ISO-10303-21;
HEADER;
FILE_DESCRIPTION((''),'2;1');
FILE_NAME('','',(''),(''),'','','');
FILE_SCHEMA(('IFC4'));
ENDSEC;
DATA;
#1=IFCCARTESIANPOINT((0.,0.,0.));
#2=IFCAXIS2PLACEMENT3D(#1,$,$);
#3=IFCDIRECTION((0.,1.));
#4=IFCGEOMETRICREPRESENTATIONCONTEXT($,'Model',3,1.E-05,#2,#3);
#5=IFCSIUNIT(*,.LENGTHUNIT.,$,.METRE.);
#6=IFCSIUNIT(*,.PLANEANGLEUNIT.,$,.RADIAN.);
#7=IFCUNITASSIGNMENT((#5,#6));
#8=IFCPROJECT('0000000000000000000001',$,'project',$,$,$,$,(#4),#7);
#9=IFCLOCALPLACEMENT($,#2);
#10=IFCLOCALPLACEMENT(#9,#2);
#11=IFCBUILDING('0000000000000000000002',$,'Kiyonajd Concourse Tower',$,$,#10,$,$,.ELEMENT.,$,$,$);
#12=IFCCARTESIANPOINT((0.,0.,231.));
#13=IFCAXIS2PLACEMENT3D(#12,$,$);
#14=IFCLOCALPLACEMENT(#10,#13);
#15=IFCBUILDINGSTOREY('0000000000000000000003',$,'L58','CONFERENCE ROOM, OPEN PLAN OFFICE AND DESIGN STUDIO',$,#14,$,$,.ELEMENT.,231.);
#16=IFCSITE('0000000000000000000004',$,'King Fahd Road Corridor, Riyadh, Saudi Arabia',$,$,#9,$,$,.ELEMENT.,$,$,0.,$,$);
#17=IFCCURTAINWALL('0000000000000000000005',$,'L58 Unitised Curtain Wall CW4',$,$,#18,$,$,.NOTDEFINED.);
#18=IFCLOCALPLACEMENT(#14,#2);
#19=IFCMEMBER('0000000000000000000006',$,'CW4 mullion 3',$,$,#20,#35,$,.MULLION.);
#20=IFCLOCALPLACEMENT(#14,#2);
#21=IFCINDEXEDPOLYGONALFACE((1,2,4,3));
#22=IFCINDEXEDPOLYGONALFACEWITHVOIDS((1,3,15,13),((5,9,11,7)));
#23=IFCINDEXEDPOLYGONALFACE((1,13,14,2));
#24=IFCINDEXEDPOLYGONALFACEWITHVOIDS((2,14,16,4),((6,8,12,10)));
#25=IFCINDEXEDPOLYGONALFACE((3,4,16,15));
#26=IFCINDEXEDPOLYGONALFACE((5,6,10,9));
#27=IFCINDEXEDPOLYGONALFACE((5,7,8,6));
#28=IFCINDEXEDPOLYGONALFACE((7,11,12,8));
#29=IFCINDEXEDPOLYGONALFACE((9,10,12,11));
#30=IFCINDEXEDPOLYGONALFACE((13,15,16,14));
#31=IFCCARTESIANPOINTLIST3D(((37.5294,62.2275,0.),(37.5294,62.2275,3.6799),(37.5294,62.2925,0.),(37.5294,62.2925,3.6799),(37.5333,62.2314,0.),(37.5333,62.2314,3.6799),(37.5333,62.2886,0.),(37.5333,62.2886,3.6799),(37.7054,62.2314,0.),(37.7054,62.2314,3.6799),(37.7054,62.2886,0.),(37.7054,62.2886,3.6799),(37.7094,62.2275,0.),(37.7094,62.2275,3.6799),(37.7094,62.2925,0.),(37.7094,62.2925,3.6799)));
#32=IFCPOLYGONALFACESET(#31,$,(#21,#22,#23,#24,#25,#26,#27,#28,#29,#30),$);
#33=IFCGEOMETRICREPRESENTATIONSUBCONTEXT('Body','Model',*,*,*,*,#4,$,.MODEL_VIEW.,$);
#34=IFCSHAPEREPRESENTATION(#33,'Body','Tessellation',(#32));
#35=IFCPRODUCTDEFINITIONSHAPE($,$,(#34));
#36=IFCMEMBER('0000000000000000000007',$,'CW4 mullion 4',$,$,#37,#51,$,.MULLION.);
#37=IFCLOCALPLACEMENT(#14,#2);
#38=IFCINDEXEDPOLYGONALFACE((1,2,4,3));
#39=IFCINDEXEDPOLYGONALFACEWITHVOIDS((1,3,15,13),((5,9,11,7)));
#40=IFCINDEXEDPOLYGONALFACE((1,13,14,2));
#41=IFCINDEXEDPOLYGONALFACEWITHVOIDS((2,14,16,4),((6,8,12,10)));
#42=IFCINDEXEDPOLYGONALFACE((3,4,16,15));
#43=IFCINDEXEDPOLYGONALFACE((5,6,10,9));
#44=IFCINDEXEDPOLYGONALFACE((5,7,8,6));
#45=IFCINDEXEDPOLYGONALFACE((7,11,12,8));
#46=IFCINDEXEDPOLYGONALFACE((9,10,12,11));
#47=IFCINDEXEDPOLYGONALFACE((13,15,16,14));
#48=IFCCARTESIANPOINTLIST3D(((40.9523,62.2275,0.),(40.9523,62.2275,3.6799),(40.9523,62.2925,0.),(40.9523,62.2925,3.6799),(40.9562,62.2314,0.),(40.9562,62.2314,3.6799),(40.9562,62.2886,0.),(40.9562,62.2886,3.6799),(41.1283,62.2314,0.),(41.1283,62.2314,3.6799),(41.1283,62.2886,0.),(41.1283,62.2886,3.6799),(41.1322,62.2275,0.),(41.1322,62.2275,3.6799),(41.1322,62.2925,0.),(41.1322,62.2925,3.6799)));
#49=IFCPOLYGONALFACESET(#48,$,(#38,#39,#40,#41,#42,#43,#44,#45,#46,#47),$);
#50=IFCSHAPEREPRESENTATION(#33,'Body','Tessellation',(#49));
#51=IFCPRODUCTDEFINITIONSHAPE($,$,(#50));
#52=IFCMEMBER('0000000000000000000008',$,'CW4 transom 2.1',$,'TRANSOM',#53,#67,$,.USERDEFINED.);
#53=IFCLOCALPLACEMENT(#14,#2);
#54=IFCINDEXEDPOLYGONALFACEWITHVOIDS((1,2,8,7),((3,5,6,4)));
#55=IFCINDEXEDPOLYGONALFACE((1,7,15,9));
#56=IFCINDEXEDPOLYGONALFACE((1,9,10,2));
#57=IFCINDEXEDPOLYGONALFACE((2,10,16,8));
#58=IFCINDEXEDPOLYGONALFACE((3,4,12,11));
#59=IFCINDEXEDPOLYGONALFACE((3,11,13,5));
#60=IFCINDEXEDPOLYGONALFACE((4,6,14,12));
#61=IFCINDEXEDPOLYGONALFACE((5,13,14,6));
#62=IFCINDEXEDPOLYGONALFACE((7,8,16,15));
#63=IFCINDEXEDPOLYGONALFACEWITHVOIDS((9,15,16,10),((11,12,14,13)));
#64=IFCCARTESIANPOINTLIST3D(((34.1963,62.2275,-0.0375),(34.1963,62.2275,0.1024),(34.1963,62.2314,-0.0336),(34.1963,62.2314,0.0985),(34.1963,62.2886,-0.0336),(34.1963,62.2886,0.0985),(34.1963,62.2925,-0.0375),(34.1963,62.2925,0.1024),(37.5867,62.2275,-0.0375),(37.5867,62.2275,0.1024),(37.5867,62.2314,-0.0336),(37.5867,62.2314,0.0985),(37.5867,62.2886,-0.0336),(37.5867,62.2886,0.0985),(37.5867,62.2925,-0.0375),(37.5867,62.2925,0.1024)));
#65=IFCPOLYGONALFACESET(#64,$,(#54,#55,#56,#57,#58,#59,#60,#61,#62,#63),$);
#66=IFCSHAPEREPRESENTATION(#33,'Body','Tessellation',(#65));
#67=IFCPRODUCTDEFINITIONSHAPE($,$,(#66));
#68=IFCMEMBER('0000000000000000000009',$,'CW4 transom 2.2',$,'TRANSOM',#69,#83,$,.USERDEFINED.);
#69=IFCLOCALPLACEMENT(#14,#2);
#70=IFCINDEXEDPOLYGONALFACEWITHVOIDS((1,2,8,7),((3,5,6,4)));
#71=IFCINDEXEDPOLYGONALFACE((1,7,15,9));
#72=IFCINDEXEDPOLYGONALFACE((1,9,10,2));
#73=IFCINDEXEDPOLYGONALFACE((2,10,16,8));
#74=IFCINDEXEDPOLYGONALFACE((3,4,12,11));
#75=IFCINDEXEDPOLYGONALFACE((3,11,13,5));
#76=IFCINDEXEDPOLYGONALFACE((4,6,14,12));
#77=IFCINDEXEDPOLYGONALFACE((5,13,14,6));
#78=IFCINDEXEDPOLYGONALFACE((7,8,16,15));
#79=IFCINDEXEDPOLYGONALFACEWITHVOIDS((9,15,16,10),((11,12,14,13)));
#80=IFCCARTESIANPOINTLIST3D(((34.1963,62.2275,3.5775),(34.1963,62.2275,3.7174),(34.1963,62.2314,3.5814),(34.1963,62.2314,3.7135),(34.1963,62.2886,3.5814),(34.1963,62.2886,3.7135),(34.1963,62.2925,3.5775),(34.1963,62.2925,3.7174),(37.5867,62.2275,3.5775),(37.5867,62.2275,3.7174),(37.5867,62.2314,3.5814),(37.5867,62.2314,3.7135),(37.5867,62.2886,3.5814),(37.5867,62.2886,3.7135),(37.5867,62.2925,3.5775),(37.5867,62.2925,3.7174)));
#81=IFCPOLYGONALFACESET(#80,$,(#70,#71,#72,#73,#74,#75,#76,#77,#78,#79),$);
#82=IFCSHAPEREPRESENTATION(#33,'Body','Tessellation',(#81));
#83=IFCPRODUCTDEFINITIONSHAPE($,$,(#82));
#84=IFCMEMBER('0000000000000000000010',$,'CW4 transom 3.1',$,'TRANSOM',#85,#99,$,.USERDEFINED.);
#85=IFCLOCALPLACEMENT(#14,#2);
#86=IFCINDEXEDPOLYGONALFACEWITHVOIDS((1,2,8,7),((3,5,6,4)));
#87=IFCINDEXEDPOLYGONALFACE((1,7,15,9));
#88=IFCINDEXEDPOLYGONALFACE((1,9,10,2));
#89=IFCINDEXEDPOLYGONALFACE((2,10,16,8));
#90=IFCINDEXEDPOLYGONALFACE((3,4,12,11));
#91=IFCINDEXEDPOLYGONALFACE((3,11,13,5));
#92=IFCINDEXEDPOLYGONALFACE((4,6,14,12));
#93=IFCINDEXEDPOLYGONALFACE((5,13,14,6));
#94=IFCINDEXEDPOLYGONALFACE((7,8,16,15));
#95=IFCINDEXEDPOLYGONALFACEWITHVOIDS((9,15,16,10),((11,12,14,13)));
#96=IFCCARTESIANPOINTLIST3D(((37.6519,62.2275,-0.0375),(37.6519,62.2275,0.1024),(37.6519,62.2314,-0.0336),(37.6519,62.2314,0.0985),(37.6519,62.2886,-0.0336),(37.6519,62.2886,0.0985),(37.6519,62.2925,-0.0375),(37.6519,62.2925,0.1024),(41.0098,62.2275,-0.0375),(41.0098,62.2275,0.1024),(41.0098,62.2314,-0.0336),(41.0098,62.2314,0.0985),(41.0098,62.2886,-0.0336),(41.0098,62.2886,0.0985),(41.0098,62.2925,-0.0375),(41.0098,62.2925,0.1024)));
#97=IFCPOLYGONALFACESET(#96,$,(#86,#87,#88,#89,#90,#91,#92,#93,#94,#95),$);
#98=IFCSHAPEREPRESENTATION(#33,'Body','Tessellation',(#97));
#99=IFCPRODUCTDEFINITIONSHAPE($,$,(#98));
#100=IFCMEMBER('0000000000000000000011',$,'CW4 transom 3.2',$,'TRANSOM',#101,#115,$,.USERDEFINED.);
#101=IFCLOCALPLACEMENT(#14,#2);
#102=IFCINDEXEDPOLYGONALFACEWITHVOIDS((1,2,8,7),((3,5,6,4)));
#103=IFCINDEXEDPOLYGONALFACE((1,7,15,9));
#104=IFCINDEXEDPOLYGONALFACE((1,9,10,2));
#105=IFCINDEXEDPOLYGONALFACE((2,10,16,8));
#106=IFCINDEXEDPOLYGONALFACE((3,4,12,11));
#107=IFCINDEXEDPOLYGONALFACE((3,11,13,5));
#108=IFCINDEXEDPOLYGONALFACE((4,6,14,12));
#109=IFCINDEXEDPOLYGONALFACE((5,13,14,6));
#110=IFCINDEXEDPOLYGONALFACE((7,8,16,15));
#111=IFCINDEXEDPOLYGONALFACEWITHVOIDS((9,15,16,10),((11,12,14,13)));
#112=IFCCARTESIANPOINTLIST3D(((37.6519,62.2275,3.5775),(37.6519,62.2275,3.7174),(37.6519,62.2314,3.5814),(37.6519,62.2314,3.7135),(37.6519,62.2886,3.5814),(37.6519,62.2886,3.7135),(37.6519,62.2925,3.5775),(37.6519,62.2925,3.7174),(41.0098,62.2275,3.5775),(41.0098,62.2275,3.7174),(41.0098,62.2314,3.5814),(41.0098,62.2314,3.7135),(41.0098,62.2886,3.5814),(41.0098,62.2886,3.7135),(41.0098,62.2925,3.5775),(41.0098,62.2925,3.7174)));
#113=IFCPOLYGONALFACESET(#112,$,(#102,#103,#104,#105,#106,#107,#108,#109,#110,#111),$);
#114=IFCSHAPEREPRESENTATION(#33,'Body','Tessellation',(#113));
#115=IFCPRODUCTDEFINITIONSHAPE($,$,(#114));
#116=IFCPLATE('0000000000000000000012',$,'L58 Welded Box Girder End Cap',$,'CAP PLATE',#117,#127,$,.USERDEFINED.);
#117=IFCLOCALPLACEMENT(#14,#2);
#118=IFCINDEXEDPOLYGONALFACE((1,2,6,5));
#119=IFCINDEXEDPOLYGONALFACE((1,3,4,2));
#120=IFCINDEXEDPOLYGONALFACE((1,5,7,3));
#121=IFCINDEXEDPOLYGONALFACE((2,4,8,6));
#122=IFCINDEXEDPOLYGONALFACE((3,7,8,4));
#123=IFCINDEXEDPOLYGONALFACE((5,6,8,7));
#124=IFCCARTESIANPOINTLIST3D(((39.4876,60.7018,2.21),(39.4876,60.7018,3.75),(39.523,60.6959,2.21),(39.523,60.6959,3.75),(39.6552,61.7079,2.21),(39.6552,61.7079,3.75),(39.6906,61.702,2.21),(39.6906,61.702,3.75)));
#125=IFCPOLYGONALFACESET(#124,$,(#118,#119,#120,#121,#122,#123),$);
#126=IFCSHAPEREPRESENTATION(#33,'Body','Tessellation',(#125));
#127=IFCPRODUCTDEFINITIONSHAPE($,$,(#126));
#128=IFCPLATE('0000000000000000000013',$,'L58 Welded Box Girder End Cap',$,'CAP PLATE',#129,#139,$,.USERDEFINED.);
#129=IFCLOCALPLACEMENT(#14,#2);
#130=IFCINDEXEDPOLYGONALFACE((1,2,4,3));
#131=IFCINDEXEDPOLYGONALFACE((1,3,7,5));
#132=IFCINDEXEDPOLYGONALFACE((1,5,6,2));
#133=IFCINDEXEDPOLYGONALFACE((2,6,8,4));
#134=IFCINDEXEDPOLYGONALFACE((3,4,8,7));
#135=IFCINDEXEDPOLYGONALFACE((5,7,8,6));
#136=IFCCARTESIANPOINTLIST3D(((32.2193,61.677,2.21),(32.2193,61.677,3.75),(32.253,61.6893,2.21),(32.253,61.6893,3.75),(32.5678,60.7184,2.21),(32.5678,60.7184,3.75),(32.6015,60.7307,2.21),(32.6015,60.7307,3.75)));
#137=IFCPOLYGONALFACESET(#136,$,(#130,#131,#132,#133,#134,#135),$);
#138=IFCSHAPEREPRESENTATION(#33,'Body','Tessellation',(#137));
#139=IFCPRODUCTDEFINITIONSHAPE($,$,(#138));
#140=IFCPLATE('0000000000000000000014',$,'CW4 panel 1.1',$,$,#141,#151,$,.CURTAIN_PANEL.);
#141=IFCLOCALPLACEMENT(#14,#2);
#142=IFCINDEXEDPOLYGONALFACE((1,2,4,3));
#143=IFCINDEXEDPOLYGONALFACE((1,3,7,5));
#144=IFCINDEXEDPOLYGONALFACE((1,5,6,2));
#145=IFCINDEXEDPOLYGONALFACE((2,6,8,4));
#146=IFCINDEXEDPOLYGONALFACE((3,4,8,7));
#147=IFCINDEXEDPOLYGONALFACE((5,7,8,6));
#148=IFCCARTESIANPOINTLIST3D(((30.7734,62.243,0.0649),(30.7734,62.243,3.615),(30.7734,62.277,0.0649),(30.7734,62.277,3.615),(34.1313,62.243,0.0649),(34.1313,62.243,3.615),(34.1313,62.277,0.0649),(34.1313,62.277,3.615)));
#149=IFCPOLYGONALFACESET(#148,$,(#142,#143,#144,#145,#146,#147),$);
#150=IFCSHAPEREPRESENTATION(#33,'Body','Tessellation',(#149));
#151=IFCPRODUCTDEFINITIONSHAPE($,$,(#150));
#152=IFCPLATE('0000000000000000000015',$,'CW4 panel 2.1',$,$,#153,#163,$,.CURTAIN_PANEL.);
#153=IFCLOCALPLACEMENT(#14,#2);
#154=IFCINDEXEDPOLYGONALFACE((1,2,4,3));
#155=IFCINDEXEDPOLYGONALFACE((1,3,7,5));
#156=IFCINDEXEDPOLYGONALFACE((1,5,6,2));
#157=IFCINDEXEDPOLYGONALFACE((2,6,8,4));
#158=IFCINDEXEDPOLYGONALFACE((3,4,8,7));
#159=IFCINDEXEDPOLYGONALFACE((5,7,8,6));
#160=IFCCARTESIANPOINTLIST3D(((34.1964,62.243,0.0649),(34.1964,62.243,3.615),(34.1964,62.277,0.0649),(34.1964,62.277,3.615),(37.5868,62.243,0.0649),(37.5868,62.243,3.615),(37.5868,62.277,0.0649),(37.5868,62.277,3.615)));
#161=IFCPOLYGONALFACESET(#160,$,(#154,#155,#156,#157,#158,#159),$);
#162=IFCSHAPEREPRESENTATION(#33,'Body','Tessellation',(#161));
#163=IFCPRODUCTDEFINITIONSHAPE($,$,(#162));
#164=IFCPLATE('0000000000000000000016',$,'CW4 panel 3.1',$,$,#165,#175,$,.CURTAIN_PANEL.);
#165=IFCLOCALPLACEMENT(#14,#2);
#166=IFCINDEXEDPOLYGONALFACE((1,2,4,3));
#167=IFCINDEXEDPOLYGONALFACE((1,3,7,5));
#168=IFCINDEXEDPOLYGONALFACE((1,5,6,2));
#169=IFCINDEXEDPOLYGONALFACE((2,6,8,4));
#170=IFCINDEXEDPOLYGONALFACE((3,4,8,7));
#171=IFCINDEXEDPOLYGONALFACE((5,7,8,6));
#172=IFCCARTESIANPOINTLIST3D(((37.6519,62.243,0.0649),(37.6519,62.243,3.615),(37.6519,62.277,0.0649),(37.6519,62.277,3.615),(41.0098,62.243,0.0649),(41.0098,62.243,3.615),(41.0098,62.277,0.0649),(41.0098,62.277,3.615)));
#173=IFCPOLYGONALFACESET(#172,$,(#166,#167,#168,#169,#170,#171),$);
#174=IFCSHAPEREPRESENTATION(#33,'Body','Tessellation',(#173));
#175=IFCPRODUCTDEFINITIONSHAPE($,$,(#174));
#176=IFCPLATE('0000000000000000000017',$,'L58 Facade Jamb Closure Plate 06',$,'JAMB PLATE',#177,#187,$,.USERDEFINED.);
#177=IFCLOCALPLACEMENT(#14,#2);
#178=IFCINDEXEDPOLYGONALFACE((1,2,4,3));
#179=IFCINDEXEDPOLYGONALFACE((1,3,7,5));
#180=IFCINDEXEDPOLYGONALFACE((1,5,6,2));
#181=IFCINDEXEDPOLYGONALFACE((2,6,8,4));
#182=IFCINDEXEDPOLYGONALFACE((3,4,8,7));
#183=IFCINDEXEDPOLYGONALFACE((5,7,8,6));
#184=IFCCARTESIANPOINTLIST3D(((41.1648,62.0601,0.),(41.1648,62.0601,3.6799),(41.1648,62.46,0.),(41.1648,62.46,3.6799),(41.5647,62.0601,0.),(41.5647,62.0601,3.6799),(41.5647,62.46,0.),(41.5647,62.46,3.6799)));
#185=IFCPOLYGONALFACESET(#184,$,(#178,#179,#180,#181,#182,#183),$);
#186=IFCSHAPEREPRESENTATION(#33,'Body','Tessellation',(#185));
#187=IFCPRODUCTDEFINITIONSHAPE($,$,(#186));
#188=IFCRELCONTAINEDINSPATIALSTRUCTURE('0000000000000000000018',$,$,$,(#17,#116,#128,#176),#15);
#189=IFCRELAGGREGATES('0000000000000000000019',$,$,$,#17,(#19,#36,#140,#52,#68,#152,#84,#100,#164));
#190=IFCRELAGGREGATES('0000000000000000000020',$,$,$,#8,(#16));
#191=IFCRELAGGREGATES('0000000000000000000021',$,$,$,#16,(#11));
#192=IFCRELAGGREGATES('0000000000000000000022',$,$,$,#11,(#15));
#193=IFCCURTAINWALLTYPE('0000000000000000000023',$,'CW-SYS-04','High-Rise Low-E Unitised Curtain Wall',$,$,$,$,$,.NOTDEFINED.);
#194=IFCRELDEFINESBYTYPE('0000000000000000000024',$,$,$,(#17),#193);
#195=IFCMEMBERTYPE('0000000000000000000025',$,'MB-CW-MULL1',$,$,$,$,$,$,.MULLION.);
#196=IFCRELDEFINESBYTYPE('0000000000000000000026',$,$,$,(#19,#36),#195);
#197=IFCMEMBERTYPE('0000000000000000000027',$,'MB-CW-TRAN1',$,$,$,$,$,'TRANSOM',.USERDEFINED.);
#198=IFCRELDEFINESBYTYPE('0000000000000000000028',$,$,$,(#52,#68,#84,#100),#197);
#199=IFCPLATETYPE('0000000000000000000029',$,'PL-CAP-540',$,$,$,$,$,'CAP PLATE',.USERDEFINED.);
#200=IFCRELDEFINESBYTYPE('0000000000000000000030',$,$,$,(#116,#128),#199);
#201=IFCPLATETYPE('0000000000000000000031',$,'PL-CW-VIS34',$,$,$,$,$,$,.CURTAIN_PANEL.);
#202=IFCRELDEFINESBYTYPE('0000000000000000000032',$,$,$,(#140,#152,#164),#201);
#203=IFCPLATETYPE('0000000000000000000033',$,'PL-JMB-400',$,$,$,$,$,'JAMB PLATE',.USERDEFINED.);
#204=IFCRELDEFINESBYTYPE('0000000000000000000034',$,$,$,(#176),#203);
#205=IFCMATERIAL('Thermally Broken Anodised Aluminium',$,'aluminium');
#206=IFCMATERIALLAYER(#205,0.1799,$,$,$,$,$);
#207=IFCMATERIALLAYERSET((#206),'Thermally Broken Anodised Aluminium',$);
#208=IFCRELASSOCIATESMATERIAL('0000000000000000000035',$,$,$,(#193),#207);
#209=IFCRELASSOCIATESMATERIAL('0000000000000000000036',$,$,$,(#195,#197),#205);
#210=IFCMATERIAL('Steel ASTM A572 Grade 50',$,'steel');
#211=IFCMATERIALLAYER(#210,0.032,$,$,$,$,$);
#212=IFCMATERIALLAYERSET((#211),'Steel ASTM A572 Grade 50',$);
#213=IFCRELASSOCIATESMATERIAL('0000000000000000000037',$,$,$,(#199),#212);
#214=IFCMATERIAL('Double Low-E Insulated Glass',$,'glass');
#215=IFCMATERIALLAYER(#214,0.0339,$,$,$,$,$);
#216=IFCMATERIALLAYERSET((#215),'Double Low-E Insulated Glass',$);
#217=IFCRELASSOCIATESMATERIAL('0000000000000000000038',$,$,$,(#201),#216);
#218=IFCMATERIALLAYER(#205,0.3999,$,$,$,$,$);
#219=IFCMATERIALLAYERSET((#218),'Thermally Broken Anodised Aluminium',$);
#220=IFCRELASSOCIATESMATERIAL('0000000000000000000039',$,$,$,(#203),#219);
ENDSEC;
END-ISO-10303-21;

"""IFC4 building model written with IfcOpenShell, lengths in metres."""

from ifc_helpers import new_model, si_unit, direction, frame, origin, origin_2d, place, context, subcontext, project, spatial, rectangle, hollow_rectangle, extrude, material, layer, layer_set, material_profile, profile_set, type_object, element, aggregate, save


model = new_model("IFC4")

# Units and contexts
model_context = context("Model", 3, precision=1e-05, world=origin(), true_north=direction((0.0, 1.0)))
body_context = subcontext(model_context, "Body", "Model", "MODEL_VIEW")
ifc_project = project(units=[si_unit("LENGTHUNIT", "METRE"), si_unit("PLANEANGLEUNIT", "RADIAN")], contexts=[model_context])

# Site, building, storey
site_placement = place(None, origin())
site = spatial("IfcSite", under=ifc_project, at=site_placement, Name="King Fahd Road Corridor, Riyadh, Saudi Arabia", CompositionType="ELEMENT", RefElevation=0.0)
building_placement = place(site_placement, origin())
building = spatial("IfcBuilding", under=site, at=building_placement, Name="Kiyonajd Concourse Tower", CompositionType="ELEMENT")
storey_placement = place(building_placement, frame((0.0, 0.0, 231.0)))
storey = spatial("IfcBuildingStorey", under=building, at=storey_placement, Name="L58", Description="CONFERENCE ROOM, OPEN PLAN OFFICE AND DESIGN STUDIO", CompositionType="ELEMENT", Elevation=231.0)

# Shared definitions
ifc_material_1 = material(Name="Steel ASTM A572 Grade 50", Category="steel")

# Curtain wall, members
ifc_material_2 = material(Name="Thermally Broken Anodised Aluminium", Category="aluminium")
ifc_layer_1 = layer(ifc_material_2, 0.1799)
ifc_layer_set_1 = layer_set([ifc_layer_1], Name="Thermally Broken Anodised Aluminium")
curtain_wall_type = type_object("IfcCurtainWallType", Name="CW-SYS-04", Description="High-Rise Low-E Unitised Curtain Wall", PredefinedType="NOTDEFINED", material=ifc_layer_set_1)
curtain_wall_placement = place(storey_placement, origin())
curtain_wall = element("IfcCurtainWall", 1, at=curtain_wall_placement, inside=storey, type_object=curtain_wall_type, Name="L58 Unitised Curtain Wall CW4", PredefinedType="NOTDEFINED")
ifc_material_profile_1 = material_profile(ifc_material_2, hollow_rectangle(XDim=0.0649, YDim=0.1799, WallThickness=0.0039, at=origin_2d()), Name="MULL-65x180")
ifc_profile_set_1 = profile_set([ifc_material_profile_1], Name="Thermally Broken Anodised Aluminium")
member_type_1 = type_object("IfcMemberType", Name="MB-CW-MULL1", PredefinedType="MULLION", material=ifc_profile_set_1)
member_1_placement = place(storey_placement, frame((37.6194, 62.26, 0.0), z_axis=(0.0, 0.0, 1.0), x_axis=(0.0, 1.0, 0.0)))
member_1 = element("IfcMember", 2, at=member_1_placement, type_object=member_type_1, Name="CW4 mullion 3", PredefinedType="MULLION", context=body_context, shape_type="SweptSolid", body=[
    extrude(hollow_rectangle(XDim=0.0649, YDim=0.1799, WallThickness=0.0039, at=origin_2d()), origin(), (0.0, 0.0, 1.0), 3.6799),
])
member_2_placement = place(storey_placement, frame((41.0422, 62.26, 0.0), z_axis=(0.0, 0.0, 1.0), x_axis=(0.0, 1.0, 0.0)))
member_2 = element("IfcMember", 3, at=member_2_placement, type_object=member_type_1, Name="CW4 mullion 4", PredefinedType="MULLION", context=body_context, shape_type="SweptSolid", body=[
    extrude(hollow_rectangle(XDim=0.0649, YDim=0.1799, WallThickness=0.0039, at=origin_2d()), origin(), (0.0, 0.0, 1.0), 3.6799),
])
ifc_material_profile_2 = material_profile(ifc_material_2, hollow_rectangle(XDim=0.0649, YDim=0.1399, WallThickness=0.0039, at=origin_2d()), Name="TRAN-65x140")
ifc_profile_set_2 = profile_set([ifc_material_profile_2], Name="Thermally Broken Anodised Aluminium")
member_type_2 = type_object("IfcMemberType", Name="MB-CW-TRAN1", ElementType="TRANSOM", PredefinedType="USERDEFINED", material=ifc_profile_set_2)
member_3_placement = place(storey_placement, frame((34.1963, 62.26, 0.0325), z_axis=(1.0, 0.0, 0.0), x_axis=(0.0, 1.0, 0.0)))
member_3 = element("IfcMember", 4, at=member_3_placement, type_object=member_type_2, Name="CW4 transom 2.1", ObjectType="TRANSOM", PredefinedType="USERDEFINED", context=body_context, shape_type="SweptSolid", body=[
    extrude(hollow_rectangle(XDim=0.0649, YDim=0.1399, WallThickness=0.0039, at=origin_2d()), origin(), (0.0, 0.0, 1.0), 3.3904),
])
member_4_placement = place(storey_placement, frame((34.1963, 62.26, 3.6475), z_axis=(1.0, 0.0, 0.0), x_axis=(0.0, 1.0, 0.0)))
member_4 = element("IfcMember", 5, at=member_4_placement, type_object=member_type_2, Name="CW4 transom 2.2", ObjectType="TRANSOM", PredefinedType="USERDEFINED", context=body_context, shape_type="SweptSolid", body=[
    extrude(hollow_rectangle(XDim=0.0649, YDim=0.1399, WallThickness=0.0039, at=origin_2d()), origin(), (0.0, 0.0, 1.0), 3.3904),
])
member_5_placement = place(storey_placement, frame((37.6519, 62.26, 0.0325), z_axis=(1.0, 0.0, 0.0), x_axis=(0.0, 1.0, 0.0)))
member_5 = element("IfcMember", 6, at=member_5_placement, type_object=member_type_2, Name="CW4 transom 3.1", ObjectType="TRANSOM", PredefinedType="USERDEFINED", context=body_context, shape_type="SweptSolid", body=[
    extrude(hollow_rectangle(XDim=0.0649, YDim=0.1399, WallThickness=0.0039, at=origin_2d()), origin(), (0.0, 0.0, 1.0), 3.3579),
])
member_6_placement = place(storey_placement, frame((37.6519, 62.26, 3.6475), z_axis=(1.0, 0.0, 0.0), x_axis=(0.0, 1.0, 0.0)))
member_6 = element("IfcMember", 7, at=member_6_placement, type_object=member_type_2, Name="CW4 transom 3.2", ObjectType="TRANSOM", PredefinedType="USERDEFINED", context=body_context, shape_type="SweptSolid", body=[
    extrude(hollow_rectangle(XDim=0.0649, YDim=0.1399, WallThickness=0.0039, at=origin_2d()), origin(), (0.0, 0.0, 1.0), 3.3579),
])

# Plates
ifc_layer_2 = layer(ifc_material_1, 0.032)
ifc_layer_set_2 = layer_set([ifc_layer_2], Name="Steel ASTM A572 Grade 50")
plate_type_1 = type_object("IfcPlateType", Name="PL-CAP-540", ElementType="CAP PLATE", PredefinedType="USERDEFINED", material=ifc_layer_set_2)
for number, where, z_axis, x_axis, name in (
    (8, (39.5891, 61.2019, 2.21), (0.0, 0.0, 1.0), (-0.986401, 0.164359, 0.0), "L58 Welded Box Girder End Cap"),
    (9, (32.4104, 61.2039, 2.21), (0.0, 0.0, 1.0), (0.939812, 0.341692, 0.0), "L58 Welded Box Girder End Cap"),
):
    element("IfcPlate", number, at=place(storey_placement, frame(where, z_axis=z_axis, x_axis=x_axis)), inside=storey, type_object=plate_type_1, Name=name, ObjectType="CAP PLATE", PredefinedType="USERDEFINED", context=body_context, shape_type="SweptSolid", body=[
        extrude(rectangle(XDim=0.0359, YDim=1.02, at=origin_2d()), origin(), (0.0, 0.0, 1.0), 1.54),
    ])

# Plates
ifc_material_3 = material(Name="Double Low-E Insulated Glass", Category="glass")
ifc_layer_3 = layer(ifc_material_3, 0.0339)
ifc_layer_set_3 = layer_set([ifc_layer_3], Name="Double Low-E Insulated Glass")
plate_type_2 = type_object("IfcPlateType", Name="PL-CW-VIS34", PredefinedType="CURTAIN_PANEL", material=ifc_layer_set_3)
plate_1_placement = place(storey_placement, frame((32.4524, 62.26, 0.0649), z_axis=(0.0, 0.0, 1.0), x_axis=(1.0, 0.0, 0.0)))
plate_1 = element("IfcPlate", 10, at=plate_1_placement, type_object=plate_type_2, Name="CW4 panel 1.1", PredefinedType="CURTAIN_PANEL", context=body_context, shape_type="SweptSolid", body=[
    extrude(rectangle(XDim=3.3579, YDim=0.0339, at=origin_2d()), origin(), (0.0, 0.0, 1.0), 3.55),
])
plate_2_placement = place(storey_placement, frame((35.8916, 62.26, 0.0649), z_axis=(0.0, 0.0, 1.0), x_axis=(1.0, 0.0, 0.0)))
plate_2 = element("IfcPlate", 11, at=plate_2_placement, type_object=plate_type_2, Name="CW4 panel 2.1", PredefinedType="CURTAIN_PANEL", context=body_context, shape_type="SweptSolid", body=[
    extrude(rectangle(XDim=3.3904, YDim=0.0339, at=origin_2d()), origin(), (0.0, 0.0, 1.0), 3.55),
])
plate_3_placement = place(storey_placement, frame((39.3308, 62.26, 0.0649), z_axis=(0.0, 0.0, 1.0), x_axis=(1.0, 0.0, 0.0)))
plate_3 = element("IfcPlate", 12, at=plate_3_placement, type_object=plate_type_2, Name="CW4 panel 3.1", PredefinedType="CURTAIN_PANEL", context=body_context, shape_type="SweptSolid", body=[
    extrude(rectangle(XDim=3.3579, YDim=0.0339, at=origin_2d()), origin(), (0.0, 0.0, 1.0), 3.55),
])
aggregate(curtain_wall, [member_1, member_2, plate_1, member_3, member_4, plate_2, member_5, member_6, plate_3])
ifc_layer_4 = layer(ifc_material_2, 0.3999)
ifc_layer_set_4 = layer_set([ifc_layer_4], Name="Thermally Broken Anodised Aluminium")
plate_type_3 = type_object("IfcPlateType", Name="PL-JMB-400", ElementType="JAMB PLATE", PredefinedType="USERDEFINED", material=ifc_layer_set_4)
plate_4_placement = place(storey_placement, frame((41.3647, 62.26, 0.0), z_axis=(0.0, 0.0, 1.0), x_axis=(1.0, 0.0, 0.0)))
element("IfcPlate", 13, at=plate_4_placement, inside=storey, type_object=plate_type_3, Name="L58 Facade Jamb Closure Plate 06", ObjectType="JAMB PLATE", PredefinedType="USERDEFINED", context=body_context, shape_type="SweptSolid", body=[
    extrude(rectangle(XDim=0.3999, YDim=0.3999, at=origin_2d()), origin(), (0.0, 0.0, 1.0), 3.6799),
])

save(model, "model.ifc")
